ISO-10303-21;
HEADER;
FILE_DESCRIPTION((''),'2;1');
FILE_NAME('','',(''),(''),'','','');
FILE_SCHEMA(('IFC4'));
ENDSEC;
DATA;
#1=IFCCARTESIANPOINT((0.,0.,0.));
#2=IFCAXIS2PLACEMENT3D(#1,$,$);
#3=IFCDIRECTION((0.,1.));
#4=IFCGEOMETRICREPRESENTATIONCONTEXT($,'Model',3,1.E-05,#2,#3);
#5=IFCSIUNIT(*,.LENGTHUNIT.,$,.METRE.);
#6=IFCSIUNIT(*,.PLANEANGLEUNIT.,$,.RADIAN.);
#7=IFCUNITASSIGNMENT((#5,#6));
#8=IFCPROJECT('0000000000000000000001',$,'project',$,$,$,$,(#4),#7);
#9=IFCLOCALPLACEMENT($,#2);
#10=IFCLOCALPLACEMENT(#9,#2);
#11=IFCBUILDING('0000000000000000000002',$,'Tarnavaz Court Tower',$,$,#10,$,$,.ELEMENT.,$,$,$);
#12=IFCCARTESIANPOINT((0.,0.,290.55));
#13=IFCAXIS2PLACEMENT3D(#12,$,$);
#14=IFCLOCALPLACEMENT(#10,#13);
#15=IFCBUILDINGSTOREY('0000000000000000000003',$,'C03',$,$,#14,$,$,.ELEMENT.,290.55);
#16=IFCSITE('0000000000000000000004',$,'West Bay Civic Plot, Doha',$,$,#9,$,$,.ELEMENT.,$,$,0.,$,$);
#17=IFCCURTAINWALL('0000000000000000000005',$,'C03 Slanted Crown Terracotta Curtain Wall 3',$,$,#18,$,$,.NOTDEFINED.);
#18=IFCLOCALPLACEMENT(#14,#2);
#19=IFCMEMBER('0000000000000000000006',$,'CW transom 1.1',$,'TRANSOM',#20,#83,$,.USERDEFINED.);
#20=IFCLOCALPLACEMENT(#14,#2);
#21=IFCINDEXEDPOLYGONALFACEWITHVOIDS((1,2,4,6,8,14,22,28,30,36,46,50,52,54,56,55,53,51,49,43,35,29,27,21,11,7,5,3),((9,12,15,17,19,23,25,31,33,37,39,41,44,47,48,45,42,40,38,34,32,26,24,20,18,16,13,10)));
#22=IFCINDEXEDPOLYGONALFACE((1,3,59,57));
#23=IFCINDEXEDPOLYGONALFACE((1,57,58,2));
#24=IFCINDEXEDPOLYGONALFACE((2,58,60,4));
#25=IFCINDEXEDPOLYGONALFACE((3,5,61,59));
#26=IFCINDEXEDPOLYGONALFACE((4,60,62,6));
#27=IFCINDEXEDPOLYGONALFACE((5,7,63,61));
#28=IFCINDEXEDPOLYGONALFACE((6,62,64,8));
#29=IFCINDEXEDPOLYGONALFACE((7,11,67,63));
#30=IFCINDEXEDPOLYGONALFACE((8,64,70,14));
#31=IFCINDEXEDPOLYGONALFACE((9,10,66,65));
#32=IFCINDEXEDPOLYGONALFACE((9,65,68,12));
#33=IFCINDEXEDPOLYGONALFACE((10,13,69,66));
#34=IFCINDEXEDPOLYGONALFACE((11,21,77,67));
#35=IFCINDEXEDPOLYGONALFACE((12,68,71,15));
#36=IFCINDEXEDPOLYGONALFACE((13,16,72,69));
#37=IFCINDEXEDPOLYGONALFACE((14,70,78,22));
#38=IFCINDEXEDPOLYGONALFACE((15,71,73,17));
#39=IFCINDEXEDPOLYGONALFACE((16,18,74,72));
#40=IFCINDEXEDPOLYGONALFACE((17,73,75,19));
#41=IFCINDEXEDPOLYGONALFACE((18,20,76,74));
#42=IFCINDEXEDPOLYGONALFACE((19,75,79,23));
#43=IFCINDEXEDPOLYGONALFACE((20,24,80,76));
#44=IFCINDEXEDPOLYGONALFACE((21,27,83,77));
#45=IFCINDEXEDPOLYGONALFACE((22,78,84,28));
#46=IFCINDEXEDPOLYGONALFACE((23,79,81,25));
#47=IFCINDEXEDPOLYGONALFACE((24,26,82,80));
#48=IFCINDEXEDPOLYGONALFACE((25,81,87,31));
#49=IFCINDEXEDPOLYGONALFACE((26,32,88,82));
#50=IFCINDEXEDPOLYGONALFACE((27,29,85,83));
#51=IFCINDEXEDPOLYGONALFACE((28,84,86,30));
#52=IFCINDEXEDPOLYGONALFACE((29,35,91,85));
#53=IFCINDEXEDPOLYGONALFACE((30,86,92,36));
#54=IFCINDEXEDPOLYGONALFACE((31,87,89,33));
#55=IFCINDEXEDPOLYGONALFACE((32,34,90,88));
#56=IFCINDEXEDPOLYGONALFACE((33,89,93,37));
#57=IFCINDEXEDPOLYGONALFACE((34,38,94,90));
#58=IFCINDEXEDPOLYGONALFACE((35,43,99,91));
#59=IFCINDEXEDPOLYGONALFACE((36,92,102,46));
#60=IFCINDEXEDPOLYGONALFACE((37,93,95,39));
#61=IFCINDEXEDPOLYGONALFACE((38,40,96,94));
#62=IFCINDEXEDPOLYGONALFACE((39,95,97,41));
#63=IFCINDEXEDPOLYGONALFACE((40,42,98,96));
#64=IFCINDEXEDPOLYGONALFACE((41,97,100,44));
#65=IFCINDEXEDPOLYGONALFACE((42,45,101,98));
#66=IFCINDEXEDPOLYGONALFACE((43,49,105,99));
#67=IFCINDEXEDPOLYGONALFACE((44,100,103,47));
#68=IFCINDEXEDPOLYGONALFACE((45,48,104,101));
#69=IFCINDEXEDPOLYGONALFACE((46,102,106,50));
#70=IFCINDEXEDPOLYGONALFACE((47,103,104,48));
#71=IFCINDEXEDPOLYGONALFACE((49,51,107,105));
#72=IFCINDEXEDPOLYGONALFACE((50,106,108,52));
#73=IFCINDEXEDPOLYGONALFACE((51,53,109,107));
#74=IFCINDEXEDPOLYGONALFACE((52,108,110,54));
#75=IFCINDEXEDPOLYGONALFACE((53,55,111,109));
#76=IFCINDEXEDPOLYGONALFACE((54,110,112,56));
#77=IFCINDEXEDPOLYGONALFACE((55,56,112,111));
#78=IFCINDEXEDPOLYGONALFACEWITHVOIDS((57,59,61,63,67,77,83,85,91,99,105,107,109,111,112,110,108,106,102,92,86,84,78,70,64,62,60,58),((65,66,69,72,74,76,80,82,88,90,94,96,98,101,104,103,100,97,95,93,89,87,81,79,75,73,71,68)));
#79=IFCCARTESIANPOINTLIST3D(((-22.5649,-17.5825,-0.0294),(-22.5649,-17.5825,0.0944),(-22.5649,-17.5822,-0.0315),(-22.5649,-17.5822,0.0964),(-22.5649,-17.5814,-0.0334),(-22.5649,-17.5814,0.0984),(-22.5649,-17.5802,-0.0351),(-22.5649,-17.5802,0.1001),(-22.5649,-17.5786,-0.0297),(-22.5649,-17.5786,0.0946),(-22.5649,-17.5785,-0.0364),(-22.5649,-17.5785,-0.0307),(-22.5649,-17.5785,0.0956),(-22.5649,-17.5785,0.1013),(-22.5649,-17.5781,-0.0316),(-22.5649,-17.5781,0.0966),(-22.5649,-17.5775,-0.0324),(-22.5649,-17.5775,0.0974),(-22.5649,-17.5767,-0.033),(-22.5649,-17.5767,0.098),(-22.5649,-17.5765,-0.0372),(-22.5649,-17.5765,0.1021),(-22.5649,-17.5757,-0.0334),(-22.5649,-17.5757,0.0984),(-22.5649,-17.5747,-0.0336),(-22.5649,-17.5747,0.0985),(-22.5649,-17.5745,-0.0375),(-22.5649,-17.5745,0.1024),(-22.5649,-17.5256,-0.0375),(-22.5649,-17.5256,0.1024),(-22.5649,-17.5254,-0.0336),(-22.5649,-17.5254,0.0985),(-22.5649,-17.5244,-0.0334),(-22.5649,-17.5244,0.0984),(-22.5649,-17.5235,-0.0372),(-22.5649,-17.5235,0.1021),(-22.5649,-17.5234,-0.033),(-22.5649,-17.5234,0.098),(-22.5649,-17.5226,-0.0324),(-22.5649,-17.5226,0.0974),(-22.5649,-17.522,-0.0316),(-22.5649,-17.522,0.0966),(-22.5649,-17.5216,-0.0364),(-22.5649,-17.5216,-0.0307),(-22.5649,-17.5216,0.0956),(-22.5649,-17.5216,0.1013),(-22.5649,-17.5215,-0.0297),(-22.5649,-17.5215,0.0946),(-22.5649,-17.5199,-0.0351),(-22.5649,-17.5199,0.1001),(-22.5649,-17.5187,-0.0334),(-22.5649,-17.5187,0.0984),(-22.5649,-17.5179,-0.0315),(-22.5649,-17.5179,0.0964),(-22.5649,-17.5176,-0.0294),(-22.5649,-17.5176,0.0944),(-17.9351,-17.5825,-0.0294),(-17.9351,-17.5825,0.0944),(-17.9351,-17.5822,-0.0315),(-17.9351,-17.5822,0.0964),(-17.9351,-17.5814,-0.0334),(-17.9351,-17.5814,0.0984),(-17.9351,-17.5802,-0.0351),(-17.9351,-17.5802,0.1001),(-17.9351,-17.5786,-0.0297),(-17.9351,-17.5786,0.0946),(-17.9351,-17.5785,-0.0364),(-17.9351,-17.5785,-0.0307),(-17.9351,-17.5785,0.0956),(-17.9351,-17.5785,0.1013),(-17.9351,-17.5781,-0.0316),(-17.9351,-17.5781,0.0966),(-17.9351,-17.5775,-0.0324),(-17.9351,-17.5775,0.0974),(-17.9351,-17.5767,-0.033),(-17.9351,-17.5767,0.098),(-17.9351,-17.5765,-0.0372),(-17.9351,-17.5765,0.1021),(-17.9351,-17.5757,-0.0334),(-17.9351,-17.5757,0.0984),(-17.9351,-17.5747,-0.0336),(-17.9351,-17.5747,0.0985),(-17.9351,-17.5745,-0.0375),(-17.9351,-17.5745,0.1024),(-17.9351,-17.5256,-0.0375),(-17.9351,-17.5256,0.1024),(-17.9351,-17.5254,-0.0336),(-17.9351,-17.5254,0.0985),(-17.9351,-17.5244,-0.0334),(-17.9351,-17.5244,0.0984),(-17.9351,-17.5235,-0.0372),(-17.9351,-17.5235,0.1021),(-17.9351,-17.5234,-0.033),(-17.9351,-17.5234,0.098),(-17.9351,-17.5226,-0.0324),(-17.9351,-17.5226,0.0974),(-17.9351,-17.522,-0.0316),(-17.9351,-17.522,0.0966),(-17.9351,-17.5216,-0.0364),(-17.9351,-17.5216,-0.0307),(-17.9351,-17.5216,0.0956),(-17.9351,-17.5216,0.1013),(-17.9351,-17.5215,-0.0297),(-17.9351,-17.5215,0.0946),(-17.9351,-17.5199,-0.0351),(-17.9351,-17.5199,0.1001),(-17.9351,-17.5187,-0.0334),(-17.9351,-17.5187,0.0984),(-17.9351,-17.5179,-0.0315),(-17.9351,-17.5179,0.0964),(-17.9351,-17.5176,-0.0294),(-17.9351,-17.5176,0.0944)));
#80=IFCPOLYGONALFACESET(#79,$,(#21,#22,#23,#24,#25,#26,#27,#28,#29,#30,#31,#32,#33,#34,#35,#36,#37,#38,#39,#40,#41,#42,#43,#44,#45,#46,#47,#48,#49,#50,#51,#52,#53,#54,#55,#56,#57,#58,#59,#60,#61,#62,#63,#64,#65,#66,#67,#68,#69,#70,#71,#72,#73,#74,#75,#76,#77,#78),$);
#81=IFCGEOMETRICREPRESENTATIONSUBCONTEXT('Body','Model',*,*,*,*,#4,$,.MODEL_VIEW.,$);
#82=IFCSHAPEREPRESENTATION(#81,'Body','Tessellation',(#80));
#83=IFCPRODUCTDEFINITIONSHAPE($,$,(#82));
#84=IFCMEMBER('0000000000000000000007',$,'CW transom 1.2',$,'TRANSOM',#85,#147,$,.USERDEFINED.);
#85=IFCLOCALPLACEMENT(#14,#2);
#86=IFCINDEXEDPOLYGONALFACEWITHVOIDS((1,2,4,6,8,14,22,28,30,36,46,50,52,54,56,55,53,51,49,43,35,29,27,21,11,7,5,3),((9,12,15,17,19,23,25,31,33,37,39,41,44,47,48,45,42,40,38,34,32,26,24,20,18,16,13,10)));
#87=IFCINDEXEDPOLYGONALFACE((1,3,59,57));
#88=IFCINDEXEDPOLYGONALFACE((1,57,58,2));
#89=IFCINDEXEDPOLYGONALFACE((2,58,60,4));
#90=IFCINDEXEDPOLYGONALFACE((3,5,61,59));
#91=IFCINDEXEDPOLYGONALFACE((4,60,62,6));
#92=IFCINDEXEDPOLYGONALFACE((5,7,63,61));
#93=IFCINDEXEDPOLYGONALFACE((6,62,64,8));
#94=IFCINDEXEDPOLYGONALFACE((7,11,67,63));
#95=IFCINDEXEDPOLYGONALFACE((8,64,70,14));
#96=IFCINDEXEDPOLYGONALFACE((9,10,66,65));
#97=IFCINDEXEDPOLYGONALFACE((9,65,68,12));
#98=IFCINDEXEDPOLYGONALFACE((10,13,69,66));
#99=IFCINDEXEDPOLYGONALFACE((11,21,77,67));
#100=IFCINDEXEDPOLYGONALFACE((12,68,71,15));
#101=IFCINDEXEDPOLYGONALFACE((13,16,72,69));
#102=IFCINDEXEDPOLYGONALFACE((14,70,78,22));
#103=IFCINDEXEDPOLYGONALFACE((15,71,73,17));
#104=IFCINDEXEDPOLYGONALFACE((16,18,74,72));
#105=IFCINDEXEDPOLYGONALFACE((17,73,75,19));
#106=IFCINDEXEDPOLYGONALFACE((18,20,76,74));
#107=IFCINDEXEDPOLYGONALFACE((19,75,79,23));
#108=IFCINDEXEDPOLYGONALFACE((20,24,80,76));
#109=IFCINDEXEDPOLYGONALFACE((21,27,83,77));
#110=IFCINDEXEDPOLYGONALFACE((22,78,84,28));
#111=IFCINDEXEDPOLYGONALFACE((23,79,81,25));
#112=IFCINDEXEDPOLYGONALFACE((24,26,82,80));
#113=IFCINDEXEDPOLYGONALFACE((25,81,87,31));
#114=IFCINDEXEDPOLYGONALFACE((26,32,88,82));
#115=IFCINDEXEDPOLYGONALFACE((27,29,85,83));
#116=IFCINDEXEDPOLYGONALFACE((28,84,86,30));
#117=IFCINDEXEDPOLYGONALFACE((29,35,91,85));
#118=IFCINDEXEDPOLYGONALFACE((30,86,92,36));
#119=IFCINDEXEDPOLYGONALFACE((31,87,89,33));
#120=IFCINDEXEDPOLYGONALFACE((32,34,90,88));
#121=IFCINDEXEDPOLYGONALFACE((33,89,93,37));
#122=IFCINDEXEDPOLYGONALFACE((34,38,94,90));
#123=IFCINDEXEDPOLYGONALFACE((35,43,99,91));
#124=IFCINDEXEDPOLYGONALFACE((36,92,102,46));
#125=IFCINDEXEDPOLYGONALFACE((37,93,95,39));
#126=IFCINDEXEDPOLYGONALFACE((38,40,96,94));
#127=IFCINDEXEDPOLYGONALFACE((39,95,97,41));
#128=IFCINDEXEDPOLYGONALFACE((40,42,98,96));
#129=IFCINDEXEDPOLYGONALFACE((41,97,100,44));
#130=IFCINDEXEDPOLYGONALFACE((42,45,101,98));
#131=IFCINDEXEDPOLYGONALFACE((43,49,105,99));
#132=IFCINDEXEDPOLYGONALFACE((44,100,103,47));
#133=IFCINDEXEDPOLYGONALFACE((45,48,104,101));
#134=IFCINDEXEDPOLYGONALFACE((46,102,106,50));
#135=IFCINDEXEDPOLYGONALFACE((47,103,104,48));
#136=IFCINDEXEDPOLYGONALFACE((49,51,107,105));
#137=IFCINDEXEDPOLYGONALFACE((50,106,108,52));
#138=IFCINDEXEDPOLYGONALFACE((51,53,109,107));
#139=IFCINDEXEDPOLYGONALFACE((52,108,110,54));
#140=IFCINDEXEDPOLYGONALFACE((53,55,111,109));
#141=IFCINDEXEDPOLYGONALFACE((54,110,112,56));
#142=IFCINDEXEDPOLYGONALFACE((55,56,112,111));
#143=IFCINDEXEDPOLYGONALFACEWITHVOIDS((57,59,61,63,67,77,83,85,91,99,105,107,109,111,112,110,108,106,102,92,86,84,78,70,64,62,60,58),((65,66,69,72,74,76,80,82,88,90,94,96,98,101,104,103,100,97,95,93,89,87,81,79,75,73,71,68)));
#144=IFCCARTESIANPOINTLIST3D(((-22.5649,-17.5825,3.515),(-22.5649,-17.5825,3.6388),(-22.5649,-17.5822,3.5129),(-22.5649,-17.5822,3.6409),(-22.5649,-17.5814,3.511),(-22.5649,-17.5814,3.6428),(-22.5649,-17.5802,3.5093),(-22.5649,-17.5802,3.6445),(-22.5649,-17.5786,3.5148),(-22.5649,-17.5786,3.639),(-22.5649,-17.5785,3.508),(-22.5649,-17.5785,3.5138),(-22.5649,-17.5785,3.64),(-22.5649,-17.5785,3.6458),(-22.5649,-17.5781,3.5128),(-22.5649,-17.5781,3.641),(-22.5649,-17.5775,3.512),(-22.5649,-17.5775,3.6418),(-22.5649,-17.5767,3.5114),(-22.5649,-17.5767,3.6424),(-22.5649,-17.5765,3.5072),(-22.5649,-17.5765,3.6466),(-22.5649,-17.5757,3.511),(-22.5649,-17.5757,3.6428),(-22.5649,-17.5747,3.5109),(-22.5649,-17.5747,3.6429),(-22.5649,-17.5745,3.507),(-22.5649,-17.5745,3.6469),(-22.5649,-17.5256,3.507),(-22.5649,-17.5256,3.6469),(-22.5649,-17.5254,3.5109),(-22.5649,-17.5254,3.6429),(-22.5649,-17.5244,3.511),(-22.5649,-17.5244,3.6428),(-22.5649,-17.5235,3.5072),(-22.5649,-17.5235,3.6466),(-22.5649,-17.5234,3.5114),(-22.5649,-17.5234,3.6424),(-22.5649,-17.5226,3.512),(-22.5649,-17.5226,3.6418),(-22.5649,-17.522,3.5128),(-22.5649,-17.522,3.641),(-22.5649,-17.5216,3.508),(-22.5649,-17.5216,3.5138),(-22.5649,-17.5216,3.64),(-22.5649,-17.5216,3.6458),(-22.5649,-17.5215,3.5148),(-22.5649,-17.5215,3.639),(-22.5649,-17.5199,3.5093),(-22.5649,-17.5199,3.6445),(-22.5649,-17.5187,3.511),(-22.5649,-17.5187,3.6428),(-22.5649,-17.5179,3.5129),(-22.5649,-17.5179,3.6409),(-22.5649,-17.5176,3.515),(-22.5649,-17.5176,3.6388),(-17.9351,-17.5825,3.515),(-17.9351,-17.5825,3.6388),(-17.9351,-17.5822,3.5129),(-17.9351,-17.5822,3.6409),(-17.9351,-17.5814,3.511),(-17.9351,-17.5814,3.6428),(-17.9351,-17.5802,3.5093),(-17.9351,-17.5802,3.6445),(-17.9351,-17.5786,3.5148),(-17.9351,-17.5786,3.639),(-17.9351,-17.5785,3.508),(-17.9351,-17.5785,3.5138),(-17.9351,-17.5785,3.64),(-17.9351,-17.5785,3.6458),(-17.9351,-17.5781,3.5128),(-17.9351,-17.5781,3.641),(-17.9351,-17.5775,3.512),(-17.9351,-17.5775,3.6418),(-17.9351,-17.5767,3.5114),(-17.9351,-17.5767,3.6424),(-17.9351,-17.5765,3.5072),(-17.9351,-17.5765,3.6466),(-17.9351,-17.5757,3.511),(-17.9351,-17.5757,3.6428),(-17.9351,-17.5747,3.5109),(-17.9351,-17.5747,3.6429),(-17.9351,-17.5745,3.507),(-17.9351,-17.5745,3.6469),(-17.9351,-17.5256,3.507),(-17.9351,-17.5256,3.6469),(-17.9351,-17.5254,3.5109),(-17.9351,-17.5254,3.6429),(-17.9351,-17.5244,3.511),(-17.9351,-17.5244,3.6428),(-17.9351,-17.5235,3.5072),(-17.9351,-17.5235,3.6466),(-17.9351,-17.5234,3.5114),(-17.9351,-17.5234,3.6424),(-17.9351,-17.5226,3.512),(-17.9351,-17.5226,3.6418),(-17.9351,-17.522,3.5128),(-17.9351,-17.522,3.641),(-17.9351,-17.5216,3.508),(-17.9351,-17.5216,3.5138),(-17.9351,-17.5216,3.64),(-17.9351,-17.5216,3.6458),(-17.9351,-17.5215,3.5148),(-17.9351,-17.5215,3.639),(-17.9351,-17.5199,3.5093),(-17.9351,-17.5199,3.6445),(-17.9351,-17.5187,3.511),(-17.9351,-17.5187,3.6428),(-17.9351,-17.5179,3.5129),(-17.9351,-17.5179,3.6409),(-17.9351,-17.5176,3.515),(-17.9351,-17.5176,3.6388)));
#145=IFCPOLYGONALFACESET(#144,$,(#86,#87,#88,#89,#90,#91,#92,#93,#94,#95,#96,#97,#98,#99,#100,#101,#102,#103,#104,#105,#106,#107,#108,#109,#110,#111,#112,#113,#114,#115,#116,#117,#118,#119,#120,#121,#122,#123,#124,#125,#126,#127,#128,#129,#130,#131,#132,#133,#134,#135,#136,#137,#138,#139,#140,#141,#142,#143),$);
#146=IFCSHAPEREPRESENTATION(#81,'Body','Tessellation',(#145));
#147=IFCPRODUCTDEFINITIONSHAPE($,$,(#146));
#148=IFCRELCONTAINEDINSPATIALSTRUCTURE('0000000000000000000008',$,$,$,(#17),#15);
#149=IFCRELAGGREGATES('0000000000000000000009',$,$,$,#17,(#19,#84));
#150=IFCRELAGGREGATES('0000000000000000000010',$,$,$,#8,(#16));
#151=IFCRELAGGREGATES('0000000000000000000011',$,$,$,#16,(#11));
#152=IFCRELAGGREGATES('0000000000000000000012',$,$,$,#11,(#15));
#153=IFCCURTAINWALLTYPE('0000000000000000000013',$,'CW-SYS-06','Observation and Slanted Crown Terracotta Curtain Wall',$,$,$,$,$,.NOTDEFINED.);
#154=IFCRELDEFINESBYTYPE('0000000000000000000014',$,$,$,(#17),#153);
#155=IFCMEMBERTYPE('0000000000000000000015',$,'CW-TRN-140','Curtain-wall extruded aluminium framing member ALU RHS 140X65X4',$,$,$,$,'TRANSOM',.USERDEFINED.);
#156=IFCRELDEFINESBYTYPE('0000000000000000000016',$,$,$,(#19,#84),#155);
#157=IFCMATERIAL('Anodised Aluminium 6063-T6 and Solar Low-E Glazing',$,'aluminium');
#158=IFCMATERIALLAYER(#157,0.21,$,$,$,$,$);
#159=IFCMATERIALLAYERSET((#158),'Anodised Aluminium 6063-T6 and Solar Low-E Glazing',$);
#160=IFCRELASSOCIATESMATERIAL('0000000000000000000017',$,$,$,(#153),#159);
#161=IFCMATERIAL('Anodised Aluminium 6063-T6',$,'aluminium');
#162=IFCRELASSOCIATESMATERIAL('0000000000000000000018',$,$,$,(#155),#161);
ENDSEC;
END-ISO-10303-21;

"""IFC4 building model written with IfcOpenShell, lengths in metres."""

from ifc_helpers import new_model, si_unit, direction, frame, origin, origin_2d, place, context, subcontext, project, spatial, hollow_rectangle, extrude, material, layer, layer_set, material_profile, profile_set, type_object, element, aggregate, save


model = new_model("IFC4")

# Units and contexts
model_context = context("Model", 3, precision=1e-05, world=origin(), true_north=direction((0.0, 1.0)))
body_context = subcontext(model_context, "Body", "Model", "MODEL_VIEW")
ifc_project = project(units=[si_unit("LENGTHUNIT", "METRE"), si_unit("PLANEANGLEUNIT", "RADIAN")], contexts=[model_context])

# Site, building, storey
site_placement = place(None, origin())
site = spatial("IfcSite", under=ifc_project, at=site_placement, Name="West Bay Civic Plot, Doha", CompositionType="ELEMENT", RefElevation=0.0)
building_placement = place(site_placement, origin())
building = spatial("IfcBuilding", under=site, at=building_placement, Name="Tarnavaz Court Tower", CompositionType="ELEMENT")
storey_placement = place(building_placement, frame((0.0, 0.0, 290.55)))
storey = spatial("IfcBuildingStorey", under=building, at=storey_placement, Name="C03", CompositionType="ELEMENT", Elevation=290.55)

# Curtain wall
ifc_material_1 = material(Name="Anodised Aluminium 6063-T6 and Solar Low-E Glazing", Category="aluminium")
ifc_layer_1 = layer(ifc_material_1, 0.21)
ifc_layer_set_1 = layer_set([ifc_layer_1], Name="Anodised Aluminium 6063-T6 and Solar Low-E Glazing")
curtain_wall_type = type_object("IfcCurtainWallType", Name="CW-SYS-06", Description="Observation and Slanted Crown Terracotta Curtain Wall", PredefinedType="NOTDEFINED", material=ifc_layer_set_1)
ifc_material_2 = material(Name="Anodised Aluminium 6063-T6", Category="aluminium")
curtain_wall_1_placement = place(storey_placement, origin())
curtain_wall_1 = element("IfcCurtainWall", 1, at=curtain_wall_1_placement, inside=storey, type_object=curtain_wall_type, Name="C03 Slanted Crown Terracotta Curtain Wall 3", PredefinedType="NOTDEFINED")

# Members
ifc_material_profile_1 = material_profile(ifc_material_2, hollow_rectangle(XDim=0.0649, YDim=0.1399, WallThickness=0.0039, InnerFilletRadius=0.0039, OuterFilletRadius=0.0081, at=origin_2d()), Name="ALU RHS 140X65X4")
ifc_profile_set_1 = profile_set([ifc_material_profile_1], Name="Anodised Aluminium 6063-T6")
member_type_1 = type_object("IfcMemberType", Name="CW-TRN-140", Description="Curtain-wall extruded aluminium framing member ALU RHS 140X65X4", ElementType="TRANSOM", PredefinedType="USERDEFINED", material=ifc_profile_set_1)
member_1_placement = place(storey_placement, frame((-17.9351, -17.55, 0.0325), z_axis=(-1.0, 0.0, 0.0), x_axis=(0.0, -1.0, 0.0)))
member_1 = element("IfcMember", 2, at=member_1_placement, type_object=member_type_1, Name="CW transom 1.1", ObjectType="TRANSOM", PredefinedType="USERDEFINED", context=body_context, shape_type="SweptSolid", body=[
    extrude(hollow_rectangle(XDim=0.0649, YDim=0.1399, WallThickness=0.0039, InnerFilletRadius=0.0039, OuterFilletRadius=0.0081, at=origin_2d()), origin(), (0.0, 0.0, 1.0), 4.6299),
])
member_2_placement = place(storey_placement, frame((-17.9351, -17.55, 3.5769), z_axis=(-1.0, 0.0, 0.0), x_axis=(0.0, -1.0, 0.0)))
member_2 = element("IfcMember", 3, at=member_2_placement, type_object=member_type_1, Name="CW transom 1.2", ObjectType="TRANSOM", PredefinedType="USERDEFINED", context=body_context, shape_type="SweptSolid", body=[
    extrude(hollow_rectangle(XDim=0.0649, YDim=0.1399, WallThickness=0.0039, InnerFilletRadius=0.0039, OuterFilletRadius=0.0081, at=origin_2d()), origin(), (0.0, 0.0, 1.0), 4.6299),
])

aggregate(curtain_wall_1, [member_1, member_2])

save(model, "model.ifc")
